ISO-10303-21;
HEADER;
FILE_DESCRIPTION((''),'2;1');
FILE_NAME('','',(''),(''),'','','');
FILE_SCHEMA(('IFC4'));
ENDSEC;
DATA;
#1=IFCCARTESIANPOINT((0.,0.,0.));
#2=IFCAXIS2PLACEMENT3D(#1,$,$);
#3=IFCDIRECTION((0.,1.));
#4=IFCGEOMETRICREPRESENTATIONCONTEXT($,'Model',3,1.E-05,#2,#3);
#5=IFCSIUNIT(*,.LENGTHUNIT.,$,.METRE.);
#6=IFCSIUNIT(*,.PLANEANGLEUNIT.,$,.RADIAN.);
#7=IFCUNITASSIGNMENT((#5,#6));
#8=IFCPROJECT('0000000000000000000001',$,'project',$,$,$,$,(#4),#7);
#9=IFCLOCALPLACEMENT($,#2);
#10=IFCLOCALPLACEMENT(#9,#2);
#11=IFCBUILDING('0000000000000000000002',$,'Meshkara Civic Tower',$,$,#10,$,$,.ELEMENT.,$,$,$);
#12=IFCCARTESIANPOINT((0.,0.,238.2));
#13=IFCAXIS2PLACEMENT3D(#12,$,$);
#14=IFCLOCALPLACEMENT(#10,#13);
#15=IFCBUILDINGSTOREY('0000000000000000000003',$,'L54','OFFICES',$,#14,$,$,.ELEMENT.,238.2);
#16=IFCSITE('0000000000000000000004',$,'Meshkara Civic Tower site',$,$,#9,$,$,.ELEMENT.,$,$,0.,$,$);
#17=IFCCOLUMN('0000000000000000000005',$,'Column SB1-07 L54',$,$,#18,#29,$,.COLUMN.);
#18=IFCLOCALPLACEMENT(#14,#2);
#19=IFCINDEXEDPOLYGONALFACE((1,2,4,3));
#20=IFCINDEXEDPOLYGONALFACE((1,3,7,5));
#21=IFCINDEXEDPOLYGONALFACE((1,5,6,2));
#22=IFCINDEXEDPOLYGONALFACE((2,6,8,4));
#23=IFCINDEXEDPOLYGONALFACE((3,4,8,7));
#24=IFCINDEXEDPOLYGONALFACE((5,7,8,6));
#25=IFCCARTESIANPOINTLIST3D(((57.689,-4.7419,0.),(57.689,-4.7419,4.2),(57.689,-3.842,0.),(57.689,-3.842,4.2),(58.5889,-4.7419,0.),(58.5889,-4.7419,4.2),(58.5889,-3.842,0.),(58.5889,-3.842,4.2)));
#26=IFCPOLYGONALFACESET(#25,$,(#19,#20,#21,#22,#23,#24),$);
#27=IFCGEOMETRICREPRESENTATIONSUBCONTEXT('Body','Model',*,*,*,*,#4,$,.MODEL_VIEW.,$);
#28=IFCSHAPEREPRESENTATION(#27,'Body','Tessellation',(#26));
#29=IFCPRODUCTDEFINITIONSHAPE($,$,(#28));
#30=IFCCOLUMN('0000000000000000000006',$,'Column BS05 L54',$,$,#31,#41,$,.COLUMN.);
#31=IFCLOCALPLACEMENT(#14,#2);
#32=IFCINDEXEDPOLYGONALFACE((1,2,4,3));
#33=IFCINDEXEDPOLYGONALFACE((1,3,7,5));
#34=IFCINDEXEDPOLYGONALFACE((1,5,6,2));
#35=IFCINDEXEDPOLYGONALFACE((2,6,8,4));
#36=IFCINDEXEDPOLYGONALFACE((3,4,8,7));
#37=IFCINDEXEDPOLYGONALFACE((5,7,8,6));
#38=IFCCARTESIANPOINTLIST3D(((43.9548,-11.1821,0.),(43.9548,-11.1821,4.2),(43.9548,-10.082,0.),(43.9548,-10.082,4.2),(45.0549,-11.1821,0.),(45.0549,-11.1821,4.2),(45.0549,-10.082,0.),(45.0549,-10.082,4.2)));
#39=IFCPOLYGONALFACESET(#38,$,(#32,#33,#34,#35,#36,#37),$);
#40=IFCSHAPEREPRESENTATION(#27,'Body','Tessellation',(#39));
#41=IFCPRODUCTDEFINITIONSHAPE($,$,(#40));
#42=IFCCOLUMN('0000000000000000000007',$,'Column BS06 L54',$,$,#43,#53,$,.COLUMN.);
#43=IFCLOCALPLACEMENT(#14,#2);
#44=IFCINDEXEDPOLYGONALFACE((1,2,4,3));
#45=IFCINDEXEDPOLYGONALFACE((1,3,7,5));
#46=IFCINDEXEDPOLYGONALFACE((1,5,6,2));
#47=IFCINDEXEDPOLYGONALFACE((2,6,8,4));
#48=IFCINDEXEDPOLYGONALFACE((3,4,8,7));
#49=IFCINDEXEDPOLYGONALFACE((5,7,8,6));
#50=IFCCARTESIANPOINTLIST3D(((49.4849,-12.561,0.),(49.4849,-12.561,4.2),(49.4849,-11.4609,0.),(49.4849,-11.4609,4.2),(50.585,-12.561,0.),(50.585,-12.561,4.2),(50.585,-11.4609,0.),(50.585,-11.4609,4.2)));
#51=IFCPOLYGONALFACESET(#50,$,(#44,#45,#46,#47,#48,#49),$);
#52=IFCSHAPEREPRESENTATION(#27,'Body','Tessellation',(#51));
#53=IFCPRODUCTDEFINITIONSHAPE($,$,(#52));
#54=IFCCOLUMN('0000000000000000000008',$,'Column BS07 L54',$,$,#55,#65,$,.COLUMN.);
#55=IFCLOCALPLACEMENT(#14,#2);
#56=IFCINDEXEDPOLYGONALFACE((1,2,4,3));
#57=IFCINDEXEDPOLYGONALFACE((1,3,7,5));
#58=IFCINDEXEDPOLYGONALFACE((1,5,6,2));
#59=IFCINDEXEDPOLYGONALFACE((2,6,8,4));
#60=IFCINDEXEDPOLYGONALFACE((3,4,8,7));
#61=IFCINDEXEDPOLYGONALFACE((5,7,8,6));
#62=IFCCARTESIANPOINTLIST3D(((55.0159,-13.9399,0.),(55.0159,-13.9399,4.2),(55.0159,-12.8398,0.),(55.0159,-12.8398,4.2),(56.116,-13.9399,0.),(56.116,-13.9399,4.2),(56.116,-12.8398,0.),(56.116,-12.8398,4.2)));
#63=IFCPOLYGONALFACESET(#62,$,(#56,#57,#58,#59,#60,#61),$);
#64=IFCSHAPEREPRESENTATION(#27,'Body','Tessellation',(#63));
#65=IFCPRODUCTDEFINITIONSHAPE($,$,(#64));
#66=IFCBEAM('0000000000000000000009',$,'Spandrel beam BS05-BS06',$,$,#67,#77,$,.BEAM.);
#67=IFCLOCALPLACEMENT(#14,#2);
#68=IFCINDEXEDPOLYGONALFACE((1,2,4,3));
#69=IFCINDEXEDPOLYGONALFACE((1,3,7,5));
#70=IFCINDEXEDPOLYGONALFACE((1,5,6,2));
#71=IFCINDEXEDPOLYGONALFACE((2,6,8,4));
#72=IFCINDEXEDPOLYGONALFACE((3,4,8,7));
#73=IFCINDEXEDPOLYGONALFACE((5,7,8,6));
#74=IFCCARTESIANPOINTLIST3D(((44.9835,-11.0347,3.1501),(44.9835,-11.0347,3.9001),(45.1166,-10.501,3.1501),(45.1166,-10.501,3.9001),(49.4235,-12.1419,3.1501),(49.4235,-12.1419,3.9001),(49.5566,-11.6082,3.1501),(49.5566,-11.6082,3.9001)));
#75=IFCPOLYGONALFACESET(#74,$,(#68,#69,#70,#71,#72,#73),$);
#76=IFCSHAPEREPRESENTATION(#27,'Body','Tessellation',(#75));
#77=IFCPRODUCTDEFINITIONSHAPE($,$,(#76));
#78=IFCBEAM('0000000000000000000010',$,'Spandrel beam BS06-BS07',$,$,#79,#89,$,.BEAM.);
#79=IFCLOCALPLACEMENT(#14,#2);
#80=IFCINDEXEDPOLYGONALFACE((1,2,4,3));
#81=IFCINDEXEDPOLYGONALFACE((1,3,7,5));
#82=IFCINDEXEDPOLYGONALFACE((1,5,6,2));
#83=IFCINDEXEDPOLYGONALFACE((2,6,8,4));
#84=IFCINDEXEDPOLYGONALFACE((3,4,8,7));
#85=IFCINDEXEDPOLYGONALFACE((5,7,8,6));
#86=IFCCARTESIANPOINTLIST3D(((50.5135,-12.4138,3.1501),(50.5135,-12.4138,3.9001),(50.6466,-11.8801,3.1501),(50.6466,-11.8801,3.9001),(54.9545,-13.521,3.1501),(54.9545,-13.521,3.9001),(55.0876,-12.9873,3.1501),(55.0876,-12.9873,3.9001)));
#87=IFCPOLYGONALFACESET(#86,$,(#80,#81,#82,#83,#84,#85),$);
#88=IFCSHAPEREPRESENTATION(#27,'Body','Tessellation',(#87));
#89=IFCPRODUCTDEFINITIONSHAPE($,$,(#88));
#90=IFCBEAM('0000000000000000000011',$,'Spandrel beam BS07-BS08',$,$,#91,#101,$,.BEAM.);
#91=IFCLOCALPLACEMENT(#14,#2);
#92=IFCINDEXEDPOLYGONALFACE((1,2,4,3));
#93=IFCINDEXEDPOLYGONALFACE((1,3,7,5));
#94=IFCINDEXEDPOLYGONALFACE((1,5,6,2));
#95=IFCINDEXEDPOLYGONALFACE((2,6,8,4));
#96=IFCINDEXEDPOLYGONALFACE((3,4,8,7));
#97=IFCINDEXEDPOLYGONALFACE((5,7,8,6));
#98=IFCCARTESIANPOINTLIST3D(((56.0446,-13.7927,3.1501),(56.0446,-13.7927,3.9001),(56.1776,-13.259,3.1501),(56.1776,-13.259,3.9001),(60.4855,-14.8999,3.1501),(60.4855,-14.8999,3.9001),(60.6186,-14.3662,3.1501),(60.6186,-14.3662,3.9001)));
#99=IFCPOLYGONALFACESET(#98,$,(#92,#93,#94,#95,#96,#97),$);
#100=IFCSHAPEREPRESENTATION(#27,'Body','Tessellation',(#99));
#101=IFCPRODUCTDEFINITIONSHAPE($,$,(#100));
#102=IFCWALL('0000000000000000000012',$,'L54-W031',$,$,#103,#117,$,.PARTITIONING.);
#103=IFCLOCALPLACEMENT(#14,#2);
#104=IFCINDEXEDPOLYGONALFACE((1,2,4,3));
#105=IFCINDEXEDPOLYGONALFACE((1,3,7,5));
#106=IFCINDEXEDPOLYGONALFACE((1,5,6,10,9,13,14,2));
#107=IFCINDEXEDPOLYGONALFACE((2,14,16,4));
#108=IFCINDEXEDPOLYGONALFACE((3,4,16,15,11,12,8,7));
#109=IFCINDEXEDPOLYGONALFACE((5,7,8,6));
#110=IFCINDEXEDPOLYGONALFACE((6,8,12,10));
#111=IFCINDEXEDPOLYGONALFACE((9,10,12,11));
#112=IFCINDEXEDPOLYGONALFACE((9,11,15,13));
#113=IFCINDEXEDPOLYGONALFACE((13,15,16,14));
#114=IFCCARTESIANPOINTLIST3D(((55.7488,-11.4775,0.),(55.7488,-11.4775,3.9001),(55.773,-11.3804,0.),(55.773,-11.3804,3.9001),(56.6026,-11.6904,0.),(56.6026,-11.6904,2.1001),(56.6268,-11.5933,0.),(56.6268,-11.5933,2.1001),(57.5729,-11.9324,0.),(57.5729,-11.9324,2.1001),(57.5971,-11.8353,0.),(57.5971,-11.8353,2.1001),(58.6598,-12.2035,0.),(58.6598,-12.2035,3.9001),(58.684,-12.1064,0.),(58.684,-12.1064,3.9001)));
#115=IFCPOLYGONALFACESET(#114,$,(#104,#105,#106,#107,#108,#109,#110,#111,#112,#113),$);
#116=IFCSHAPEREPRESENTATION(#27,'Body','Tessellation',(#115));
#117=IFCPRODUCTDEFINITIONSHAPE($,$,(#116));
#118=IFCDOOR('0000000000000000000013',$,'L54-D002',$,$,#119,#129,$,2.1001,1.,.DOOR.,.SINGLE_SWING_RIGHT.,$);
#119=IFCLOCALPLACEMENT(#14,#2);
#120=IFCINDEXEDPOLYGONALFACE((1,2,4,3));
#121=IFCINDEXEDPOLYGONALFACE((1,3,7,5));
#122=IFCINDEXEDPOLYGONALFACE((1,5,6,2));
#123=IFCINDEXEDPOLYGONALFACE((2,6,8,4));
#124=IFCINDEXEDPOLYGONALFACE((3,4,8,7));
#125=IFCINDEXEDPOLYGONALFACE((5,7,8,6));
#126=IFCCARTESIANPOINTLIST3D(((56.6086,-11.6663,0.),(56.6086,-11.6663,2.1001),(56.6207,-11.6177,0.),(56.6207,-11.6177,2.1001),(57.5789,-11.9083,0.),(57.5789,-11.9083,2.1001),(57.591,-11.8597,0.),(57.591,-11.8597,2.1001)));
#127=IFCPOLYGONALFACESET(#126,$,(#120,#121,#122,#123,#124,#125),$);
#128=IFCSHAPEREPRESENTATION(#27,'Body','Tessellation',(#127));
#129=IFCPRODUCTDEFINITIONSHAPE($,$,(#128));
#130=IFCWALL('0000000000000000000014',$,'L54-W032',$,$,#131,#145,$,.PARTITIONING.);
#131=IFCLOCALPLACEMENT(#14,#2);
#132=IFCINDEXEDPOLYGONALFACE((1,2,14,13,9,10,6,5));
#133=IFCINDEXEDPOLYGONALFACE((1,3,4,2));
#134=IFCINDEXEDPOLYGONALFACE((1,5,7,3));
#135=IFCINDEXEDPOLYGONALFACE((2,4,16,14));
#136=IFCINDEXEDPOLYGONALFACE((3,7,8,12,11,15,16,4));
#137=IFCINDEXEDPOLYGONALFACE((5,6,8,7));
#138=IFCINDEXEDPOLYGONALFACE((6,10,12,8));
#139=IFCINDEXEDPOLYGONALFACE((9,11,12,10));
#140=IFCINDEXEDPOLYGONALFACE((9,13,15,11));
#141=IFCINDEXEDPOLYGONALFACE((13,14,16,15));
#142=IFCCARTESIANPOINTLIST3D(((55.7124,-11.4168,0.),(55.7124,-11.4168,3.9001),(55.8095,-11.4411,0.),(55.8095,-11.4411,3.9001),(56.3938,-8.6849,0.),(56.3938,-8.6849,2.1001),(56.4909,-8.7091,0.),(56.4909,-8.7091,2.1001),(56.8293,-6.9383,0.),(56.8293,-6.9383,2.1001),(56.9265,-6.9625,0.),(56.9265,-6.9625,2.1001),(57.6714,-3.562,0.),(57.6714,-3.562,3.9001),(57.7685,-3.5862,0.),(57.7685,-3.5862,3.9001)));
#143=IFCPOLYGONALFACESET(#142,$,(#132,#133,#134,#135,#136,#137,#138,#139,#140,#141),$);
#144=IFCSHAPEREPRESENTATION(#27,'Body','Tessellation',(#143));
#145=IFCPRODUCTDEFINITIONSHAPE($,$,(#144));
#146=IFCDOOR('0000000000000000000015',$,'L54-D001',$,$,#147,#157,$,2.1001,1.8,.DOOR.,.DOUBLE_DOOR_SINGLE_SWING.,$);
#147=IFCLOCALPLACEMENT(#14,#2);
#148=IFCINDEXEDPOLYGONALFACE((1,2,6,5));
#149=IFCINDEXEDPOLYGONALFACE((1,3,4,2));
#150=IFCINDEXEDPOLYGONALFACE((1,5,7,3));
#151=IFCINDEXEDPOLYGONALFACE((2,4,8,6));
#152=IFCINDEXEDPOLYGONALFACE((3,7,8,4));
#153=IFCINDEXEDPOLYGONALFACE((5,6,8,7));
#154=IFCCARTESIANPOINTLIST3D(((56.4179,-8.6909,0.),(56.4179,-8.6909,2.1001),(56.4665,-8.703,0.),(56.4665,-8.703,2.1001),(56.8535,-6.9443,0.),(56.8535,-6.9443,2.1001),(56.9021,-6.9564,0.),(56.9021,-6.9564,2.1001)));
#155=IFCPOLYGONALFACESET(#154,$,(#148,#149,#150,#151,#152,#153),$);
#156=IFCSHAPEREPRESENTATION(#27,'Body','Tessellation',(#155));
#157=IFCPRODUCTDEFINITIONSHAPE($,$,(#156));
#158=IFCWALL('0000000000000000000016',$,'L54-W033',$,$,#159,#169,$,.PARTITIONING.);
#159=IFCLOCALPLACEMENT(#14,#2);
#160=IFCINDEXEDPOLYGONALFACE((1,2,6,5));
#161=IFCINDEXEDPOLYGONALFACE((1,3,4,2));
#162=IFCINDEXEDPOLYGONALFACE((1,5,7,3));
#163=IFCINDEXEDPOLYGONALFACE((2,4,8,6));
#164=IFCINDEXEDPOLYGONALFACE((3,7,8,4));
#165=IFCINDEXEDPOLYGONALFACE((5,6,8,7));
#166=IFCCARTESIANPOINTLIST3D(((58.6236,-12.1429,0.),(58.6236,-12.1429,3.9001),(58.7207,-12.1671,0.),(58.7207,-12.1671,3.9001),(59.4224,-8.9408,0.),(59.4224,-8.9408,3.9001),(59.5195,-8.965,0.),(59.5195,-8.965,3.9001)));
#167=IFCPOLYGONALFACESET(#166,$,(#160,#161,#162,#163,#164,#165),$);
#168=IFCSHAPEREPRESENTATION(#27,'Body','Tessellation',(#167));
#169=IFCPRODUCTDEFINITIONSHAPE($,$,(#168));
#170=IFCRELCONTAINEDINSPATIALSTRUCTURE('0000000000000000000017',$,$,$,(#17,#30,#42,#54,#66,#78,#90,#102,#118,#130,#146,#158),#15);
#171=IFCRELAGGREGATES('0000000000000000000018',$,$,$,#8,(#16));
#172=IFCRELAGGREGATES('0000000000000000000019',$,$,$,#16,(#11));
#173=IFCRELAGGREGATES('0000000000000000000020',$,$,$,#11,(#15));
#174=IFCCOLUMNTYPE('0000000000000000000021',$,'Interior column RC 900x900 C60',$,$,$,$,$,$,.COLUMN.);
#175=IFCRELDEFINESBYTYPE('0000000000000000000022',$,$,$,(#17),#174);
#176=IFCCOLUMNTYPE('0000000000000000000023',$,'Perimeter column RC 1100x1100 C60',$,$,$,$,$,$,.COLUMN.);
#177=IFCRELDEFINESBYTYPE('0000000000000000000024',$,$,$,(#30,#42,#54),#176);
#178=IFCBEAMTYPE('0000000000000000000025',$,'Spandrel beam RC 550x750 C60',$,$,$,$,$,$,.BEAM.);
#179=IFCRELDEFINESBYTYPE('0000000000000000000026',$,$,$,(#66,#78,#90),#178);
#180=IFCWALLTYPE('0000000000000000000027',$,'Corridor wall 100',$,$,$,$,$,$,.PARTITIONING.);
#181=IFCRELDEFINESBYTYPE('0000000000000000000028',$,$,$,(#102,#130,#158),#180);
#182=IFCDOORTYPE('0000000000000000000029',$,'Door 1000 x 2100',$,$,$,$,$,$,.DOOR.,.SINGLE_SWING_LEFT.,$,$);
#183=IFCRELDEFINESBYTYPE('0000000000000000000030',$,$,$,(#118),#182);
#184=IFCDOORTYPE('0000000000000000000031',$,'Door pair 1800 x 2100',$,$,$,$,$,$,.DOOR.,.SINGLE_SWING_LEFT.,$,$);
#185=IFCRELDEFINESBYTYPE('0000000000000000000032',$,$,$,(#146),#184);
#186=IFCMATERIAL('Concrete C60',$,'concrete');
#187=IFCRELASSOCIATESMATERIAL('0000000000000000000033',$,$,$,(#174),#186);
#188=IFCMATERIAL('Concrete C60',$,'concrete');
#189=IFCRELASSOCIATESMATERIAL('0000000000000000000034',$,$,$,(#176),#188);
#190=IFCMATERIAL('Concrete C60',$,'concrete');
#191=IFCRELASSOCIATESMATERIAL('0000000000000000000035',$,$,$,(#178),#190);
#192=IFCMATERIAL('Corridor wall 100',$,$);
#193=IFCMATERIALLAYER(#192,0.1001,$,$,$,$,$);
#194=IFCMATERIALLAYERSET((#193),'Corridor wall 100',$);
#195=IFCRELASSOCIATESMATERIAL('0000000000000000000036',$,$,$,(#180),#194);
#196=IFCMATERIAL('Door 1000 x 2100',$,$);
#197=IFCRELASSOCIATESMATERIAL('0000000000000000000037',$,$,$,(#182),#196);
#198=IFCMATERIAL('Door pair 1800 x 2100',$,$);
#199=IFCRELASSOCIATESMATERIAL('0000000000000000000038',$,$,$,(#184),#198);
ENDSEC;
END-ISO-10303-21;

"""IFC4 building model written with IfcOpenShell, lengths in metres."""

from ifc_helpers import new_model, si_unit, direction, frame, frame_2d, origin, origin_2d, place, context, subcontext, project, spatial, rectangle, extrude, material, layer, layer_set, material_profile, profile_set, type_object, element, fill, save


model = new_model("IFC4")

# Units and contexts
model_context = context("Model", 3, precision=1e-05, world=origin(), true_north=direction((0.0, 1.0)))
body_context = subcontext(model_context, "Body", "Model", "MODEL_VIEW")
ifc_project = project(units=[si_unit("LENGTHUNIT", "METRE"), si_unit("PLANEANGLEUNIT", "RADIAN")], contexts=[model_context])

# Site, building, storey
site_placement = place(None, origin())
site = spatial("IfcSite", under=ifc_project, at=site_placement, Name="Meshkara Civic Tower site", CompositionType="ELEMENT", RefElevation=0.0)
building_placement = place(site_placement, origin())
building = spatial("IfcBuilding", under=site, at=building_placement, Name="Meshkara Civic Tower", CompositionType="ELEMENT")
storey_placement = place(building_placement, frame((0.0, 0.0, 238.2)))
storey = spatial("IfcBuildingStorey", under=building, at=storey_placement, Name="L54", Description="OFFICES", CompositionType="ELEMENT", Elevation=238.2)

# Columns
ifc_material_1 = material(Name="Concrete C60", Category="concrete")
ifc_material_profile_1 = material_profile(ifc_material_1, rectangle(XDim=0.8999, YDim=0.8999, at=origin_2d()))
ifc_profile_set_1 = profile_set([ifc_material_profile_1], Name="Concrete C60")
column_type_1 = type_object("IfcColumnType", Name="Interior column RC 900x900 C60", PredefinedType="COLUMN", material=ifc_profile_set_1)
column_placement = place(storey_placement, frame((58.1389, -4.292, 0.0), z_axis=(0.0, 0.0, 1.0), x_axis=(1.0, 0.0, 0.0)))
element("IfcColumn", 1, at=column_placement, inside=storey, type_object=column_type_1, Name="Column SB1-07 L54", PredefinedType="COLUMN", context=body_context, shape_type="SweptSolid", body=[
    extrude(rectangle(XDim=0.8999, YDim=0.8999, at=origin_2d()), origin(), (0.0, 0.0, 1.0), 4.2),
])
ifc_material_2 = material(Name="Concrete C60", Category="concrete")
ifc_material_profile_2 = material_profile(ifc_material_2, rectangle(XDim=1.1001, YDim=1.1001, at=origin_2d()))
ifc_profile_set_2 = profile_set([ifc_material_profile_2], Name="Concrete C60")
column_type_2 = type_object("IfcColumnType", Name="Perimeter column RC 1100x1100 C60", PredefinedType="COLUMN", material=ifc_profile_set_2)
for number, where, z_axis, x_axis, name in (
    (2, (44.5049, -10.6321, 0.0), (0.0, 0.0, 1.0), (1.0, 0.0, 0.0), "Column BS05 L54"),
    (3, (50.0349, -12.011, 0.0), (0.0, 0.0, 1.0), (1.0, 0.0, 0.0), "Column BS06 L54"),
    (4, (55.5659, -13.3899, 0.0), (0.0, 0.0, 1.0), (1.0, 0.0, 0.0), "Column BS07 L54"),
):
    element("IfcColumn", number, at=place(storey_placement, frame(where, z_axis=z_axis, x_axis=x_axis)), inside=storey, type_object=column_type_2, Name=name, PredefinedType="COLUMN", context=body_context, shape_type="SweptSolid", body=[
        extrude(rectangle(XDim=1.1001, YDim=1.1001, at=origin_2d()), origin(), (0.0, 0.0, 1.0), 4.2),
    ])

# Beams
ifc_material_3 = material(Name="Concrete C60", Category="concrete")
ifc_material_profile_3 = material_profile(ifc_material_3, rectangle(XDim=0.55, YDim=0.75, at=origin_2d()))
ifc_profile_set_3 = profile_set([ifc_material_profile_3], Name="Concrete C60")
beam_type = type_object("IfcBeamType", Name="Spandrel beam RC 550x750 C60", PredefinedType="BEAM", material=ifc_profile_set_3)
beam_placement = place(storey_placement, frame((45.05, -10.7678, 3.5251), z_axis=(0.970287, -0.241958, 0.0), x_axis=(0.241958, 0.970287, 0.0)))
element("IfcBeam", 5, at=beam_placement, inside=storey, type_object=beam_type, Name="Spandrel beam BS05-BS06", PredefinedType="BEAM", context=body_context, shape_type="SweptSolid", body=[
    extrude(rectangle(XDim=0.55, YDim=0.75, at=origin_2d()), origin(), (0.0, 0.0, 1.0), 4.5759),
])
for number, where, z_axis, x_axis, name in (
    (6, (50.5801, -12.147, 3.5251), (0.970299, -0.241908, 0.0), (0.241908, 0.970299, 0.0), "Spandrel beam BS06-BS07"),
    (7, (56.1111, -13.5259, 3.5251), (0.970299, -0.241908, 0.0), (0.241908, 0.970299, 0.0), "Spandrel beam BS07-BS08"),
):
    element("IfcBeam", number, at=place(storey_placement, frame(where, z_axis=z_axis, x_axis=x_axis)), inside=storey, type_object=beam_type, Name=name, PredefinedType="BEAM", context=body_context, shape_type="SweptSolid", body=[
        extrude(rectangle(XDim=0.55, YDim=0.75, at=origin_2d()), origin(), (0.0, 0.0, 1.0), 4.5769),
    ])

# Walls, openings, doors
ifc_material_4 = material(Name="Corridor wall 100")
ifc_layer_1 = layer(ifc_material_4, 0.1001)
ifc_layer_set_1 = layer_set([ifc_layer_1], Name="Corridor wall 100")
wall_type_1 = type_object("IfcWallType", Name="Corridor wall 100", PredefinedType="PARTITIONING", material=ifc_layer_set_1)
wall_1_placement = place(storey_placement, frame((55.761, -11.429, 0.0), z_axis=(0.0, 0.0, 1.0), x_axis=(0.970276, -0.241999, 0.0)))
wall_1 = element("IfcWall", 8, at=wall_1_placement, inside=storey, type_object=wall_type_1, Name="L54-W031", PredefinedType="PARTITIONING", context=body_context, shape_type="SweptSolid", body=[
    extrude(rectangle(XDim=3.0002, YDim=0.1001, at=frame_2d((1.5, 0.0))), origin(), (0.0, 0.0, 1.0), 3.9001),
])
opening_1_placement = place(wall_1_placement, frame((0.8799, 0.0, 0.0)))
opening_1 = element("IfcOpeningElement", 9, at=opening_1_placement, cuts=wall_1, PredefinedType="OPENING", context=body_context, shape_type="SweptSolid", body=[
    extrude(rectangle(XDim=1.0, YDim=2.1001, at=frame_2d((0.5, 1.05))), frame((0.0, 0.0601, 0.0), z_axis=(0.0, -1.0, 0.0), x_axis=(1.0, 0.0, 0.0)), (0.0, 0.0, 1.0), 0.1201),
])
ifc_material_5 = material(Name="Door 1000 x 2100")
door_type_1 = type_object("IfcDoorType", Name="Door 1000 x 2100", OperationType="SINGLE_SWING_LEFT", PredefinedType="DOOR", material=ifc_material_5)
door_1_placement = place(opening_1_placement, origin())
door_1 = element("IfcDoor", 10, at=door_1_placement, inside=storey, type_object=door_type_1, Name="L54-D002", OperationType="SINGLE_SWING_RIGHT", OverallHeight=2.1001, OverallWidth=1.0, PredefinedType="DOOR", context=body_context, shape_type="SweptSolid", body=[
    extrude(rectangle(XDim=1.0, YDim=2.1001, at=frame_2d((0.5, 1.05))), frame((0.0, 0.0249, 0.0), z_axis=(0.0, -1.0, 0.0), x_axis=(1.0, 0.0, 0.0)), (0.0, 0.0, 1.0), 0.05),
])
fill(opening_1, door_1)
wall_2_placement = place(storey_placement, frame((57.72, -3.574, 0.0), z_axis=(0.0, 0.0, 1.0), x_axis=(-0.241982, -0.970281, 0.0)))
wall_2 = element("IfcWall", 11, at=wall_2_placement, inside=storey, type_object=wall_type_1, Name="L54-W032", PredefinedType="PARTITIONING", context=body_context, shape_type="SweptSolid", body=[
    extrude(rectangle(XDim=8.0955, YDim=0.1001, at=frame_2d((4.0479, 0.0))), origin(), (0.0, 0.0, 1.0), 3.9001),
])
opening_2_placement = place(wall_2_placement, frame((3.48, 0.0, 0.0)))
opening_2 = element("IfcOpeningElement", 12, at=opening_2_placement, cuts=wall_2, PredefinedType="OPENING", context=body_context, shape_type="SweptSolid", body=[
    extrude(rectangle(XDim=1.8, YDim=2.1001, at=frame_2d((0.8999, 1.05))), frame((0.0, 0.0601, 0.0), z_axis=(0.0, -1.0, 0.0), x_axis=(1.0, 0.0, 0.0)), (0.0, 0.0, 1.0), 0.1201),
])
ifc_material_6 = material(Name="Door pair 1800 x 2100")
door_type_2 = type_object("IfcDoorType", Name="Door pair 1800 x 2100", OperationType="SINGLE_SWING_LEFT", PredefinedType="DOOR", material=ifc_material_6)
door_2_placement = place(opening_2_placement, origin())
door_2 = element("IfcDoor", 13, at=door_2_placement, inside=storey, type_object=door_type_2, Name="L54-D001", OperationType="DOUBLE_DOOR_SINGLE_SWING", OverallHeight=2.1001, OverallWidth=1.8, PredefinedType="DOOR", context=body_context, shape_type="SweptSolid", body=[
    extrude(rectangle(XDim=1.8, YDim=2.1001, at=frame_2d((0.8999, 1.05))), frame((0.0, 0.0249, 0.0), z_axis=(0.0, -1.0, 0.0), x_axis=(1.0, 0.0, 0.0)), (0.0, 0.0, 1.0), 0.05),
])
fill(opening_2, door_2)

# Wall
wall_3_placement = place(storey_placement, frame((58.6721, -12.155, 0.0), z_axis=(0.0, 0.0, 1.0), x_axis=(0.242048, 0.970264, 0.0)))
element("IfcWall", 14, at=wall_3_placement, inside=storey, type_object=wall_type_1, Name="L54-W033", PredefinedType="PARTITIONING", context=body_context, shape_type="SweptSolid", body=[
    extrude(rectangle(XDim=3.3003, YDim=0.1001, at=frame_2d((1.6501, 0.0))), origin(), (0.0, 0.0, 1.0), 3.9001),
])

save(model, "model.ifc")
